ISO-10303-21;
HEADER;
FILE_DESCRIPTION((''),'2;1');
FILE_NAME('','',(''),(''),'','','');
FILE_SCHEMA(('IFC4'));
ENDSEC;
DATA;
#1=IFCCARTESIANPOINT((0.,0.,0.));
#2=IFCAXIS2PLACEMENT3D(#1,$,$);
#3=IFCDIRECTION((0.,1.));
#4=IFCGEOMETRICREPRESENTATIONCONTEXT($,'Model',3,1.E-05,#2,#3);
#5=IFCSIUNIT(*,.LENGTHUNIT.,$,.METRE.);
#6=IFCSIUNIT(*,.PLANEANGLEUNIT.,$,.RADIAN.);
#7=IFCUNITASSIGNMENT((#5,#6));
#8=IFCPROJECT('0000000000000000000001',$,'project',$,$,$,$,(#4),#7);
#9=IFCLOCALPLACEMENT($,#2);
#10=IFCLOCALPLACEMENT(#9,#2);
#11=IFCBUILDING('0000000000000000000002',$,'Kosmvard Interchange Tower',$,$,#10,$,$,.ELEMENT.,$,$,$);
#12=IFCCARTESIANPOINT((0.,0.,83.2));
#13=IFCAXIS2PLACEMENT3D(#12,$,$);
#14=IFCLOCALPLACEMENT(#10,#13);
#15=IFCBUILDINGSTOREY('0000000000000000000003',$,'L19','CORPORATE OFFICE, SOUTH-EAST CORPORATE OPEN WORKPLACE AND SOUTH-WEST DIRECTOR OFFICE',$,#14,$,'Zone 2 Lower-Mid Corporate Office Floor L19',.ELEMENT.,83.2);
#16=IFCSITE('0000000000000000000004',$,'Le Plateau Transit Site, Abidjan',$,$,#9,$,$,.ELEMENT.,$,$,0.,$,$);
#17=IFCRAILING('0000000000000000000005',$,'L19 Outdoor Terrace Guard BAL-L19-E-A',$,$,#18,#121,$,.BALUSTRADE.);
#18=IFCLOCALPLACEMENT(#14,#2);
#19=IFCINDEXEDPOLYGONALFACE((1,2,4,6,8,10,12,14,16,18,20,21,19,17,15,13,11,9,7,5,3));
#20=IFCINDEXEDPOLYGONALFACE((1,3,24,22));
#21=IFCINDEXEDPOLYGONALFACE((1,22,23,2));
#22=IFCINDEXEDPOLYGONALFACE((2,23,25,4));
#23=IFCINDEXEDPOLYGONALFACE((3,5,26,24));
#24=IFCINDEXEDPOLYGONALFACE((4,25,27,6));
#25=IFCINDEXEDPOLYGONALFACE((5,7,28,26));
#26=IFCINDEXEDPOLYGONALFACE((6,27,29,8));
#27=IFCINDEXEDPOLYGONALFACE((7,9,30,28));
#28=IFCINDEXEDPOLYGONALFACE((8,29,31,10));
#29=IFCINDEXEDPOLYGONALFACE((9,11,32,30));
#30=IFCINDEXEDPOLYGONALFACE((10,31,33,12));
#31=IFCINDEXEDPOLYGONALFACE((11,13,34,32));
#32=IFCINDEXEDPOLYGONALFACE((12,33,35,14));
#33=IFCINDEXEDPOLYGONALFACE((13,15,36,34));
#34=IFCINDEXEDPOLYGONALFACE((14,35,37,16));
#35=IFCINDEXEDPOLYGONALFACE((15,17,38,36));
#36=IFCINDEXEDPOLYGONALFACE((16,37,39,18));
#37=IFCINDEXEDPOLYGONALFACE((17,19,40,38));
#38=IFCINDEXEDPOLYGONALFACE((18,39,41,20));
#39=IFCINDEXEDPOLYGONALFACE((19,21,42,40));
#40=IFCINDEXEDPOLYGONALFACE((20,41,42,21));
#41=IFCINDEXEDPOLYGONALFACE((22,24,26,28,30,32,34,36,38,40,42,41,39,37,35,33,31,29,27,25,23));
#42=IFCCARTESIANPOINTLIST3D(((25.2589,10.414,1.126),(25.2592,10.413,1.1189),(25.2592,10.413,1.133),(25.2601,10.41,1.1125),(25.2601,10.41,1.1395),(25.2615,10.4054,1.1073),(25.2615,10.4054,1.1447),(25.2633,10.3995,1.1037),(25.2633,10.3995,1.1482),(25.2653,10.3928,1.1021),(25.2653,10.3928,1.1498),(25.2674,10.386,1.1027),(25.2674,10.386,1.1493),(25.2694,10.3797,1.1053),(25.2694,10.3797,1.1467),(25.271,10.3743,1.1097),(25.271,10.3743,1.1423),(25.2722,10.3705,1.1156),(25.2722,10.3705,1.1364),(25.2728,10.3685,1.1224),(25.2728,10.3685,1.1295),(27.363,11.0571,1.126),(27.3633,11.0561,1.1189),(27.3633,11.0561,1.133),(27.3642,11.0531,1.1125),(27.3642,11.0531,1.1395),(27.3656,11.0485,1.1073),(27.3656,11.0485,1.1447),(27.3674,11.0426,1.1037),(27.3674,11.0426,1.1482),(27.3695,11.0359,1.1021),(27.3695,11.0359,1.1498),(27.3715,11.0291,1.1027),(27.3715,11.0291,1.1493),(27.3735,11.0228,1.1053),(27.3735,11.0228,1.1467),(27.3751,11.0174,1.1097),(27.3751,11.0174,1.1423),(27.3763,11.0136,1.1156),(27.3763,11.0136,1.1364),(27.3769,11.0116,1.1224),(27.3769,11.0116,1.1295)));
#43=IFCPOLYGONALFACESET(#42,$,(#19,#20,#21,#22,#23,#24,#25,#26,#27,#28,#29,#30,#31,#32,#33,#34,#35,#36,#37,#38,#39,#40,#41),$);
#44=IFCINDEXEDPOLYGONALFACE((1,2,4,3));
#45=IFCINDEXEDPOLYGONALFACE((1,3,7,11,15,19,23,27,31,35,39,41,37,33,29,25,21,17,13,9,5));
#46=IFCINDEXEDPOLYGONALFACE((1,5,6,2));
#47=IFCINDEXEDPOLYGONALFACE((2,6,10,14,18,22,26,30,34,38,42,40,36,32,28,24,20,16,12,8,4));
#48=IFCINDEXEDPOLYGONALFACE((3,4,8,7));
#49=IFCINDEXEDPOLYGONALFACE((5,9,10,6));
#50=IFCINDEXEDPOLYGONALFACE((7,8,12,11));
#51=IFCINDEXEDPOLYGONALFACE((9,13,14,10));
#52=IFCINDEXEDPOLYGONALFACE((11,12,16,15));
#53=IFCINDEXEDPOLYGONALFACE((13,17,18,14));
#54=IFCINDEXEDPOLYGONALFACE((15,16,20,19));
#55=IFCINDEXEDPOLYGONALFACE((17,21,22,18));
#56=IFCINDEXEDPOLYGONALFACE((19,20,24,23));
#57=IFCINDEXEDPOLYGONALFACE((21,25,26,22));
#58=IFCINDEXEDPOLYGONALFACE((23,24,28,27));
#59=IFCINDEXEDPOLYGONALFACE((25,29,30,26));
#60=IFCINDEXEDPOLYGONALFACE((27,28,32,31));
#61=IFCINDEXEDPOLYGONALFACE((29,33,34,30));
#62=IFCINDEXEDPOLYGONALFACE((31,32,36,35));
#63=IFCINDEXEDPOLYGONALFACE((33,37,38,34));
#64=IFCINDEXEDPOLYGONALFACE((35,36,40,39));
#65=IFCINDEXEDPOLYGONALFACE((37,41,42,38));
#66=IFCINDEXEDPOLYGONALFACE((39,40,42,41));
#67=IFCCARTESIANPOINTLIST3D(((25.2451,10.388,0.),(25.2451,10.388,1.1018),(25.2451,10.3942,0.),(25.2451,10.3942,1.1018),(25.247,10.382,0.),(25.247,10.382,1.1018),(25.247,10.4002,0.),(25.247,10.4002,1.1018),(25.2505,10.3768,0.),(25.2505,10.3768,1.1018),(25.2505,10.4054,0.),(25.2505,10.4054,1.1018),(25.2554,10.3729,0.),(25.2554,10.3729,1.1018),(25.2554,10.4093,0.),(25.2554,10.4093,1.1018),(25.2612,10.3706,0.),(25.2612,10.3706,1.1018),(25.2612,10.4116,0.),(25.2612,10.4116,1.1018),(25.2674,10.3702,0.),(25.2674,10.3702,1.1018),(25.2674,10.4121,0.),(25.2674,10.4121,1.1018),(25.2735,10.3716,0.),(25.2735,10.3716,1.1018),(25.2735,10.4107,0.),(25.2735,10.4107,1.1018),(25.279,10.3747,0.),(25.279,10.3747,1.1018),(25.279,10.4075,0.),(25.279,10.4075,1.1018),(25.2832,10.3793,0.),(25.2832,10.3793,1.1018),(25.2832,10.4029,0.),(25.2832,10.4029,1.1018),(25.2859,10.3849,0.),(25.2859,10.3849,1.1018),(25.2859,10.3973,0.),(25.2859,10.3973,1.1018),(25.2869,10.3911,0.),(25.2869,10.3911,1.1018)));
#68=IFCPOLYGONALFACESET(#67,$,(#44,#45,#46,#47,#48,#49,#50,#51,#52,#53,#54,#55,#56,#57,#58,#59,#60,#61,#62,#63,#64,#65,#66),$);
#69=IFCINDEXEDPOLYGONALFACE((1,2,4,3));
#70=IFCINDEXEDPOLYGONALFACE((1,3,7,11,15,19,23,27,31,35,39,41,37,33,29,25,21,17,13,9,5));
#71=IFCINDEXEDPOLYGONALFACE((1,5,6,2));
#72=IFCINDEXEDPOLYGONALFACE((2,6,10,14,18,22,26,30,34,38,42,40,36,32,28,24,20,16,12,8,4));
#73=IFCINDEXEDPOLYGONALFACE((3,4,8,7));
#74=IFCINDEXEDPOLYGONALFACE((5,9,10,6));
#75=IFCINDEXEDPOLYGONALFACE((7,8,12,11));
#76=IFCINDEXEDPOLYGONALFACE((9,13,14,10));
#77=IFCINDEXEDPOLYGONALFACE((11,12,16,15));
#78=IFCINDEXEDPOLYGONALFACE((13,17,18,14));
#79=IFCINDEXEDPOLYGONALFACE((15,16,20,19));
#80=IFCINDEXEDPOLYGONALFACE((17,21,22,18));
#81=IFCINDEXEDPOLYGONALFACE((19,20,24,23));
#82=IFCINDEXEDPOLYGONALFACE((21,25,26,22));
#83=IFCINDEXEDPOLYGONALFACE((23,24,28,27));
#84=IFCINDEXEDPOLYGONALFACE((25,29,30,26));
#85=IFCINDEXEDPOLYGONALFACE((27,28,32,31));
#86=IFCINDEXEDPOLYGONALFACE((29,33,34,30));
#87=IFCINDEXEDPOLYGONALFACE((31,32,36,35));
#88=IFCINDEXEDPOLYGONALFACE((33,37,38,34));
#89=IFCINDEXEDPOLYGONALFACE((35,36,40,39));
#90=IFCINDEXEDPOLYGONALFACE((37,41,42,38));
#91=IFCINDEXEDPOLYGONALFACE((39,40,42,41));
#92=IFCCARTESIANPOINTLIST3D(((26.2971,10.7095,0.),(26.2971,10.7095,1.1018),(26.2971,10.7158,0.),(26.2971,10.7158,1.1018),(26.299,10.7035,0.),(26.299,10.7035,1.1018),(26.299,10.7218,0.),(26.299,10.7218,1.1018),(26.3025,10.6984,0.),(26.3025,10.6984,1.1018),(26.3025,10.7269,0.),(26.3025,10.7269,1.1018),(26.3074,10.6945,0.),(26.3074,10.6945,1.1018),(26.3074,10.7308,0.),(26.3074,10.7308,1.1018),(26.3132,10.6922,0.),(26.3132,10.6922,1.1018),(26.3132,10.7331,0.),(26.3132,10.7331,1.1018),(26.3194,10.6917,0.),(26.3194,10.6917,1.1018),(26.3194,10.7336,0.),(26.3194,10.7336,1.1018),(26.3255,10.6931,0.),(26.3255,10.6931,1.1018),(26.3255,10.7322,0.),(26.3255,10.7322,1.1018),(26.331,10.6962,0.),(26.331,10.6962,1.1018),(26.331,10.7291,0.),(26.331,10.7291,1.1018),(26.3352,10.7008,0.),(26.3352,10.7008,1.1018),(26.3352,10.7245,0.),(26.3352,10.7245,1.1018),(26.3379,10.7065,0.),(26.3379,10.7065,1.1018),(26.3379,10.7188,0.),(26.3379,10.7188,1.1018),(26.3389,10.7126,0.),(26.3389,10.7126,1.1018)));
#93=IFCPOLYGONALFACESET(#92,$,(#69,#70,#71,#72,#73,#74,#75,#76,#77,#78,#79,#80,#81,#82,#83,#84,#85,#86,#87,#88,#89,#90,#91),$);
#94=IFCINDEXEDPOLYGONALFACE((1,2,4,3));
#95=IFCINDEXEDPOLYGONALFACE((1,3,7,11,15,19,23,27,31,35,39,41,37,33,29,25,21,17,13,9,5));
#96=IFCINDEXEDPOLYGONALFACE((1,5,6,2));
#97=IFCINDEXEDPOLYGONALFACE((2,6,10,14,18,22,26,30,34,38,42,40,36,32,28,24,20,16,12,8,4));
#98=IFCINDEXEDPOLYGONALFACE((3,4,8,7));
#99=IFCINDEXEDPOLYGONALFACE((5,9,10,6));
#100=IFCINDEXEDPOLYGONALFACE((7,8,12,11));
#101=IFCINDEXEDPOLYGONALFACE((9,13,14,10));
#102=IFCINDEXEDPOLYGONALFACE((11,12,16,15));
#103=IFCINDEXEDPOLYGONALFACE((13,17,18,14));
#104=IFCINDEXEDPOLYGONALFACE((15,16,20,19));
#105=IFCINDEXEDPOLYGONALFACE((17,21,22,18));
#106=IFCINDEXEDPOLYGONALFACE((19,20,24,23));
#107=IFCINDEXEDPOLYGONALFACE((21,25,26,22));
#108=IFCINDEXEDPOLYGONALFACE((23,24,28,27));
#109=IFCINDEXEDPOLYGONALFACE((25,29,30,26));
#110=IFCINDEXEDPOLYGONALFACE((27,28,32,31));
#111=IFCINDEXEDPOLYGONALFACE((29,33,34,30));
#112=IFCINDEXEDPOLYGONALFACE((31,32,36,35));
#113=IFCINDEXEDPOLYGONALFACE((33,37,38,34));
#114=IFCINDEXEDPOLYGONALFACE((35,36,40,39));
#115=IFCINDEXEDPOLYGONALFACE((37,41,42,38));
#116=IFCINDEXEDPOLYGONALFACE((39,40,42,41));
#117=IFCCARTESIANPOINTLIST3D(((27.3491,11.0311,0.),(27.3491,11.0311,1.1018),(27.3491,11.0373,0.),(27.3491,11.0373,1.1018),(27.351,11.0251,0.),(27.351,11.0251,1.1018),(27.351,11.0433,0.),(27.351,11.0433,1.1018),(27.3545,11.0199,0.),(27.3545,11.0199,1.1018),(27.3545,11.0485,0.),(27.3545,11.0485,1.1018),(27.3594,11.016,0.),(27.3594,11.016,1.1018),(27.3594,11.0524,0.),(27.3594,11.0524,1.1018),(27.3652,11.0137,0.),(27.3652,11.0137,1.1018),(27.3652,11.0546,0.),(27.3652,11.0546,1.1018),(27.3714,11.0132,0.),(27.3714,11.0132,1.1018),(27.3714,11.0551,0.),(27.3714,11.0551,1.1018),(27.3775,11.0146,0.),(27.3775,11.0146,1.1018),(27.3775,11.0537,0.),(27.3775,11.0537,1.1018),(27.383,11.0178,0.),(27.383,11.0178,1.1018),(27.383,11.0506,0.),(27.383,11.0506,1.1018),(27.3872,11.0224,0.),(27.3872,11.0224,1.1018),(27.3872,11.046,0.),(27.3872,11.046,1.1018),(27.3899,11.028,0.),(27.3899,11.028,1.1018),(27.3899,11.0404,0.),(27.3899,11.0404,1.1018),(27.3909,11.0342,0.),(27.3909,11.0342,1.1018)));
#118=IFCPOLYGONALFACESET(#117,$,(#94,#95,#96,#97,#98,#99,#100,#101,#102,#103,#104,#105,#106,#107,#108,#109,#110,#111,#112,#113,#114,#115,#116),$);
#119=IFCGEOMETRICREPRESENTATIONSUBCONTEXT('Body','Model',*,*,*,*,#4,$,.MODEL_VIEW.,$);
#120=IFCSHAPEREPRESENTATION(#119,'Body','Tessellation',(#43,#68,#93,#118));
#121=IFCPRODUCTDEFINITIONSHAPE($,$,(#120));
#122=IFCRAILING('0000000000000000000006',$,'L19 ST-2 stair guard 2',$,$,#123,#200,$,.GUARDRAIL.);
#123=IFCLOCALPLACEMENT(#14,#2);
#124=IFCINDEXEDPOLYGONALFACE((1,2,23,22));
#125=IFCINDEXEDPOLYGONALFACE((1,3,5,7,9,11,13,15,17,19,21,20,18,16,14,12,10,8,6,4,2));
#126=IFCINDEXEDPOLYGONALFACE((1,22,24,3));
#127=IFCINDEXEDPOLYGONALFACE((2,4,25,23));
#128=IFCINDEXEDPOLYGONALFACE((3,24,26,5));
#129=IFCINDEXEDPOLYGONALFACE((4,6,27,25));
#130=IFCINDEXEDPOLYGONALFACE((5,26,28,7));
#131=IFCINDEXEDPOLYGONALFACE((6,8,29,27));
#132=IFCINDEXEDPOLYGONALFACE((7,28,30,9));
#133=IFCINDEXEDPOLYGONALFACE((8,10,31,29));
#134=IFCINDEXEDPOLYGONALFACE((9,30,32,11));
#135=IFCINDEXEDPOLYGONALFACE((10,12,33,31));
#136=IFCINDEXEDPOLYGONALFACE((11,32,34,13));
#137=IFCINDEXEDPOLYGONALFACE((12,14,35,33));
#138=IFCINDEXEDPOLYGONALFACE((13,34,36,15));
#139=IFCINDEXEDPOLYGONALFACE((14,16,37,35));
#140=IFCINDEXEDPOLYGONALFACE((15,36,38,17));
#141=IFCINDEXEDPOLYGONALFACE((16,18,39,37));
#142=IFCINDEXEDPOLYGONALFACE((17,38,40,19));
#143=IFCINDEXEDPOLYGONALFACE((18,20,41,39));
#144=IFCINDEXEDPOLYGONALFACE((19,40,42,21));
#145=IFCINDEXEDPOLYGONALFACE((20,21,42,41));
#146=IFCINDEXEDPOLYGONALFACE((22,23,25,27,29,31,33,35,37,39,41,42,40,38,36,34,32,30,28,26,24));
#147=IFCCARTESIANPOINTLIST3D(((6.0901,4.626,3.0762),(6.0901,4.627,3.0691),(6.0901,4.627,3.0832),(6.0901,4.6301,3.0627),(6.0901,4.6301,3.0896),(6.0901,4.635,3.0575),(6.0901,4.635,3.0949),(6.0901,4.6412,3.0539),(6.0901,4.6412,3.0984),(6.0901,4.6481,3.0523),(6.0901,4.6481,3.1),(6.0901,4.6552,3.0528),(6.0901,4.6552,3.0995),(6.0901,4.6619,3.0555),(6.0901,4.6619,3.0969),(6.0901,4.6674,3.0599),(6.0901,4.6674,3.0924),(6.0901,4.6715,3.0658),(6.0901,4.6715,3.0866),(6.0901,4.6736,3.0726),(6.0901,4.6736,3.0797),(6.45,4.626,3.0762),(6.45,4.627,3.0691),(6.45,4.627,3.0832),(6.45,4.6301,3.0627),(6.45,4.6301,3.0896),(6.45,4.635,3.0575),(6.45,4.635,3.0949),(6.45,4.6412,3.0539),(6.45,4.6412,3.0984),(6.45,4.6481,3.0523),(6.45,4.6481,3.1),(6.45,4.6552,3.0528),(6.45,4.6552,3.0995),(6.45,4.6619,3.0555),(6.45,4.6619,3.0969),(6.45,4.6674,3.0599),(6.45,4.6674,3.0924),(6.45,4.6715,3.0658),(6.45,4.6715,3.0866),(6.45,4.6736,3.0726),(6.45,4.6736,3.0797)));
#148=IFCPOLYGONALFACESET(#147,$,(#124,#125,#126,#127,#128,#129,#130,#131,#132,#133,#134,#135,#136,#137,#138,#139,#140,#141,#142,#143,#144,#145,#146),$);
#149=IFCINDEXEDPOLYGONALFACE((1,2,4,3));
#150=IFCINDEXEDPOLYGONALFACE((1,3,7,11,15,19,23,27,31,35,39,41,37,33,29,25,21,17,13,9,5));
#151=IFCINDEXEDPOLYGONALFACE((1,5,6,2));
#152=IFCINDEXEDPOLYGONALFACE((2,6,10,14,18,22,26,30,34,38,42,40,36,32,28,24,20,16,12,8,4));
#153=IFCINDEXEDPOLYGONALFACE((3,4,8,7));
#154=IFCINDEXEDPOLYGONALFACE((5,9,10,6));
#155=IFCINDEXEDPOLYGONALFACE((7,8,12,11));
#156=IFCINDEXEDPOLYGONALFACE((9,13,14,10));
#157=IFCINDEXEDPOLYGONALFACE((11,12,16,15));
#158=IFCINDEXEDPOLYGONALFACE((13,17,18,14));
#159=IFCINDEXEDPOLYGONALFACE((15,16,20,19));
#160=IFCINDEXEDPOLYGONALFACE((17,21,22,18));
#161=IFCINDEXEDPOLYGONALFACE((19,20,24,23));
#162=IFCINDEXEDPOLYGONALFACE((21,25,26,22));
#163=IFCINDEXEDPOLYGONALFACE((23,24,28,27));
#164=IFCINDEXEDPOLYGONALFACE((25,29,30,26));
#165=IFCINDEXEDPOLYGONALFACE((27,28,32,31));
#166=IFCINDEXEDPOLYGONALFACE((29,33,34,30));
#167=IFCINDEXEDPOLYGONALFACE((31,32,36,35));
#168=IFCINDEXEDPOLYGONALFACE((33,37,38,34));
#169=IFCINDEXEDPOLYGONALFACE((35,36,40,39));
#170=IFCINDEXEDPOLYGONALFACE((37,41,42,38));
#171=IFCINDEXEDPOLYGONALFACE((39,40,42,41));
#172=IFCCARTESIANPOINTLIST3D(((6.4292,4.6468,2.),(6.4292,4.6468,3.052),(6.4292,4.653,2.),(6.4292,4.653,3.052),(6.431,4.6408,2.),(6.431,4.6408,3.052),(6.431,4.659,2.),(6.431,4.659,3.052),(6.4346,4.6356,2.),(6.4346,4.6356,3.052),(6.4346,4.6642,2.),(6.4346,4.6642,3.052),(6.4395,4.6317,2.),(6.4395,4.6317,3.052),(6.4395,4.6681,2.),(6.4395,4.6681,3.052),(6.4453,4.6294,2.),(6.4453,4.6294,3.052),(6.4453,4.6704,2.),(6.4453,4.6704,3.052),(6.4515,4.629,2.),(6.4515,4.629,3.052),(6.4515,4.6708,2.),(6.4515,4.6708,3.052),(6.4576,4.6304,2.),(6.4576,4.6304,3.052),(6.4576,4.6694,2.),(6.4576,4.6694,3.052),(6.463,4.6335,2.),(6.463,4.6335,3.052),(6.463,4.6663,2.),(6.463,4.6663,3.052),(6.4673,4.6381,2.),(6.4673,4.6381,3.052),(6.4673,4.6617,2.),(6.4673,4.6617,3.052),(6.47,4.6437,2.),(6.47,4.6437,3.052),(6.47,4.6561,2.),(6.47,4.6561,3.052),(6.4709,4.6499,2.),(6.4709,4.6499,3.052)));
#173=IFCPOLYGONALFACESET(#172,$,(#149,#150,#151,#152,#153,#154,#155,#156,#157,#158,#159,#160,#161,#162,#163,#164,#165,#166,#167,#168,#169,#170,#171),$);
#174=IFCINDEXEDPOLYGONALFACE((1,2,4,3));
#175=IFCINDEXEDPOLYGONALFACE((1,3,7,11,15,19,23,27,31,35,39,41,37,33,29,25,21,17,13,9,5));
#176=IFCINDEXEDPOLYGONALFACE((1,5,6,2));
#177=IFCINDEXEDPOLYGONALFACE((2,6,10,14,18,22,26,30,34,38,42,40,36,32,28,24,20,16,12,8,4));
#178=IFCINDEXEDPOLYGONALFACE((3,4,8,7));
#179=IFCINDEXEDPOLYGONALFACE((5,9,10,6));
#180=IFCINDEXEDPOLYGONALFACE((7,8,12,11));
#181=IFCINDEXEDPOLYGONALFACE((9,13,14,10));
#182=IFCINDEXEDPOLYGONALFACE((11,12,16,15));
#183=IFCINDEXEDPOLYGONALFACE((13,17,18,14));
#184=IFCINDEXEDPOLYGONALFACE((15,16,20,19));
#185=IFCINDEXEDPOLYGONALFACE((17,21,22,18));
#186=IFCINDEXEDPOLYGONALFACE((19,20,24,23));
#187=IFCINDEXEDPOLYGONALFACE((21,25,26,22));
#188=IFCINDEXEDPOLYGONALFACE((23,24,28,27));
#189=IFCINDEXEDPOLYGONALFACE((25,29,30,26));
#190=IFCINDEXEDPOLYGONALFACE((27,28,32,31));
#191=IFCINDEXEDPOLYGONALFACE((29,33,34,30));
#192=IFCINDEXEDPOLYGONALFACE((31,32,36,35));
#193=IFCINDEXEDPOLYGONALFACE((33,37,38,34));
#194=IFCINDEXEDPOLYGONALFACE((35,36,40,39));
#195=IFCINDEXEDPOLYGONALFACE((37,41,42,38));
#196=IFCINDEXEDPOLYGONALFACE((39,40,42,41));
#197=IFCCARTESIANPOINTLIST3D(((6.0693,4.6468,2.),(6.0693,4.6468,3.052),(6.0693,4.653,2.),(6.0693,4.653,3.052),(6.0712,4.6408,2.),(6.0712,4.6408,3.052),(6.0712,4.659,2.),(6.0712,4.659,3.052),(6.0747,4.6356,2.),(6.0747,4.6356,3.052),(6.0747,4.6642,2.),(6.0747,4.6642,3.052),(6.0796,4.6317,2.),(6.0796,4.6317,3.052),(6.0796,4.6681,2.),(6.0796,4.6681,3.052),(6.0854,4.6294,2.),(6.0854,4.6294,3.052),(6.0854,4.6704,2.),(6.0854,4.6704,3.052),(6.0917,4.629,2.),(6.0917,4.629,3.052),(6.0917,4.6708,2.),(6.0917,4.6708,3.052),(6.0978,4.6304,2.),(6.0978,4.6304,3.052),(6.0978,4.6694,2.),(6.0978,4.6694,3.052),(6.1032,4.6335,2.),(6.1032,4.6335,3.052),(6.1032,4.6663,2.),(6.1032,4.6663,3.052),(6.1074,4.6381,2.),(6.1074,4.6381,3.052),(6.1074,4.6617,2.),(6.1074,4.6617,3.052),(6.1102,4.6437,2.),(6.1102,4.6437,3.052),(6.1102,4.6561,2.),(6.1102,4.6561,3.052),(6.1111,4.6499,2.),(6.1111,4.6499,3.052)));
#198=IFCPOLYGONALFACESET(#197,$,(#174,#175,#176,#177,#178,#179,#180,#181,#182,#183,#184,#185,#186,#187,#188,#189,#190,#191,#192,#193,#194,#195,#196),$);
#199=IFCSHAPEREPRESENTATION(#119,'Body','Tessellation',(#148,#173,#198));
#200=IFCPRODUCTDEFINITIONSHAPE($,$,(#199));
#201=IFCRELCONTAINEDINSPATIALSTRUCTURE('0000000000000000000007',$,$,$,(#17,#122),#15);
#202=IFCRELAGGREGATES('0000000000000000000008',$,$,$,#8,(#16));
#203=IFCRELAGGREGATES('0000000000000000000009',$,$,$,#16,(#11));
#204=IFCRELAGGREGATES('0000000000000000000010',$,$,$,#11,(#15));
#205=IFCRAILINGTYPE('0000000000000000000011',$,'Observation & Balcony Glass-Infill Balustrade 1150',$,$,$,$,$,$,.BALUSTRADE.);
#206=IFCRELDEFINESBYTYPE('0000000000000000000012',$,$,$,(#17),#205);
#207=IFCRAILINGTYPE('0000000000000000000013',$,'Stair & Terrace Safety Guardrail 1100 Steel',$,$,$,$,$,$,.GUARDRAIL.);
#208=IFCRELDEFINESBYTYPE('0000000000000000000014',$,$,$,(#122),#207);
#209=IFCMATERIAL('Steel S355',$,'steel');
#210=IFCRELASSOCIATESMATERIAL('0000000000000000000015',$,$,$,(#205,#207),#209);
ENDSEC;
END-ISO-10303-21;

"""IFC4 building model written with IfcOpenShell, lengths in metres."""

from ifc_helpers import new_model, si_unit, direction, frame, origin, origin_2d, place, context, subcontext, project, spatial, circle, extrude, source, transform, mapped, material, type_object, element, save


model = new_model("IFC4")

# Units and contexts
model_context = context("Model", 3, precision=1e-05, world=origin(), true_north=direction((0.0, 1.0)))
body_context = subcontext(model_context, "Body", "Model", "MODEL_VIEW")
ifc_project = project(units=[si_unit("LENGTHUNIT", "METRE"), si_unit("PLANEANGLEUNIT", "RADIAN")], contexts=[model_context])

# Site, building, storey
site_placement = place(None, origin())
site = spatial("IfcSite", under=ifc_project, at=site_placement, Name="Le Plateau Transit Site, Abidjan", CompositionType="ELEMENT", RefElevation=0.0)
building_placement = place(site_placement, origin())
building = spatial("IfcBuilding", under=site, at=building_placement, Name="Kosmvard Interchange Tower", CompositionType="ELEMENT")
storey_placement = place(building_placement, frame((0.0, 0.0, 83.2)))
storey = spatial("IfcBuildingStorey", under=building, at=storey_placement, Name="L19", Description="CORPORATE OFFICE, SOUTH-EAST CORPORATE OPEN WORKPLACE AND SOUTH-WEST DIRECTOR OFFICE", LongName="Zone 2 Lower-Mid Corporate Office Floor L19", CompositionType="ELEMENT", Elevation=83.2)

# Shared definitions
ifc_material_1 = material(Name="Steel S355", Category="steel")

# Railings
railing_type_1 = type_object("IfcRailingType", Name="Observation & Balcony Glass-Infill Balustrade 1150", PredefinedType="BALUSTRADE", material=ifc_material_1)
shared_shape_1 = source(origin(), body_context, "Body", "SweptSolid", [
    extrude(circle(Radius=0.0239, at=origin_2d()), frame((0.0, 0.0, 1.126), z_axis=(0.956329, 0.292292, 0.0), x_axis=(-0.292292, 0.956329, 0.0)), (0.0, 0.0, 1.0), 2.2002),
    extrude(circle(Radius=0.021, at=origin_2d()), origin(), (0.0, 0.0, 1.0), 1.1018),
    extrude(circle(Radius=0.021, at=origin_2d()), frame((1.052, 0.3215, 0.0)), (0.0, 0.0, 1.0), 1.1018),
    extrude(circle(Radius=0.021, at=origin_2d()), frame((2.104, 0.6431, 0.0)), (0.0, 0.0, 1.0), 1.1018),
])
railing_1_placement = place(storey_placement, frame((25.2659, 10.3911, 0.0)))
element("IfcRailing", 1, at=railing_1_placement, inside=storey, type_object=railing_type_1, Name="L19 Outdoor Terrace Guard BAL-L19-E-A", PredefinedType="BALUSTRADE", context=body_context, shape_type="MappedRepresentation", body=[
    mapped(shared_shape_1, transform((0.0, 0.0, 0.0), scale=1.0)),
])
railing_type_2 = type_object("IfcRailingType", Name="Stair & Terrace Safety Guardrail 1100 Steel", PredefinedType="GUARDRAIL", material=ifc_material_1)
shared_shape_2 = source(origin(), body_context, "Body", "SweptSolid", [
    extrude(circle(Radius=0.0239, at=origin_2d()), frame((0.0, 0.0, 1.0762), z_axis=(-1.0, 0.0, 0.0), x_axis=(0.0, -1.0, 0.0)), (0.0, 0.0, 1.0), 0.3599),
    extrude(circle(Radius=0.021, at=origin_2d()), origin(), (0.0, 0.0, 1.0), 1.052),
    extrude(circle(Radius=0.021, at=origin_2d()), frame((-0.3599, 0.0, 0.0)), (0.0, 0.0, 1.0), 1.052),
])
railing_2_placement = place(storey_placement, frame((6.45, 4.6499, 2.0)))
element("IfcRailing", 2, at=railing_2_placement, inside=storey, type_object=railing_type_2, Name="L19 ST-2 stair guard 2", PredefinedType="GUARDRAIL", context=body_context, shape_type="MappedRepresentation", body=[
    mapped(shared_shape_2, transform((0.0, 0.0, 0.0), scale=1.0)),
])

save(model, "model.ifc")
